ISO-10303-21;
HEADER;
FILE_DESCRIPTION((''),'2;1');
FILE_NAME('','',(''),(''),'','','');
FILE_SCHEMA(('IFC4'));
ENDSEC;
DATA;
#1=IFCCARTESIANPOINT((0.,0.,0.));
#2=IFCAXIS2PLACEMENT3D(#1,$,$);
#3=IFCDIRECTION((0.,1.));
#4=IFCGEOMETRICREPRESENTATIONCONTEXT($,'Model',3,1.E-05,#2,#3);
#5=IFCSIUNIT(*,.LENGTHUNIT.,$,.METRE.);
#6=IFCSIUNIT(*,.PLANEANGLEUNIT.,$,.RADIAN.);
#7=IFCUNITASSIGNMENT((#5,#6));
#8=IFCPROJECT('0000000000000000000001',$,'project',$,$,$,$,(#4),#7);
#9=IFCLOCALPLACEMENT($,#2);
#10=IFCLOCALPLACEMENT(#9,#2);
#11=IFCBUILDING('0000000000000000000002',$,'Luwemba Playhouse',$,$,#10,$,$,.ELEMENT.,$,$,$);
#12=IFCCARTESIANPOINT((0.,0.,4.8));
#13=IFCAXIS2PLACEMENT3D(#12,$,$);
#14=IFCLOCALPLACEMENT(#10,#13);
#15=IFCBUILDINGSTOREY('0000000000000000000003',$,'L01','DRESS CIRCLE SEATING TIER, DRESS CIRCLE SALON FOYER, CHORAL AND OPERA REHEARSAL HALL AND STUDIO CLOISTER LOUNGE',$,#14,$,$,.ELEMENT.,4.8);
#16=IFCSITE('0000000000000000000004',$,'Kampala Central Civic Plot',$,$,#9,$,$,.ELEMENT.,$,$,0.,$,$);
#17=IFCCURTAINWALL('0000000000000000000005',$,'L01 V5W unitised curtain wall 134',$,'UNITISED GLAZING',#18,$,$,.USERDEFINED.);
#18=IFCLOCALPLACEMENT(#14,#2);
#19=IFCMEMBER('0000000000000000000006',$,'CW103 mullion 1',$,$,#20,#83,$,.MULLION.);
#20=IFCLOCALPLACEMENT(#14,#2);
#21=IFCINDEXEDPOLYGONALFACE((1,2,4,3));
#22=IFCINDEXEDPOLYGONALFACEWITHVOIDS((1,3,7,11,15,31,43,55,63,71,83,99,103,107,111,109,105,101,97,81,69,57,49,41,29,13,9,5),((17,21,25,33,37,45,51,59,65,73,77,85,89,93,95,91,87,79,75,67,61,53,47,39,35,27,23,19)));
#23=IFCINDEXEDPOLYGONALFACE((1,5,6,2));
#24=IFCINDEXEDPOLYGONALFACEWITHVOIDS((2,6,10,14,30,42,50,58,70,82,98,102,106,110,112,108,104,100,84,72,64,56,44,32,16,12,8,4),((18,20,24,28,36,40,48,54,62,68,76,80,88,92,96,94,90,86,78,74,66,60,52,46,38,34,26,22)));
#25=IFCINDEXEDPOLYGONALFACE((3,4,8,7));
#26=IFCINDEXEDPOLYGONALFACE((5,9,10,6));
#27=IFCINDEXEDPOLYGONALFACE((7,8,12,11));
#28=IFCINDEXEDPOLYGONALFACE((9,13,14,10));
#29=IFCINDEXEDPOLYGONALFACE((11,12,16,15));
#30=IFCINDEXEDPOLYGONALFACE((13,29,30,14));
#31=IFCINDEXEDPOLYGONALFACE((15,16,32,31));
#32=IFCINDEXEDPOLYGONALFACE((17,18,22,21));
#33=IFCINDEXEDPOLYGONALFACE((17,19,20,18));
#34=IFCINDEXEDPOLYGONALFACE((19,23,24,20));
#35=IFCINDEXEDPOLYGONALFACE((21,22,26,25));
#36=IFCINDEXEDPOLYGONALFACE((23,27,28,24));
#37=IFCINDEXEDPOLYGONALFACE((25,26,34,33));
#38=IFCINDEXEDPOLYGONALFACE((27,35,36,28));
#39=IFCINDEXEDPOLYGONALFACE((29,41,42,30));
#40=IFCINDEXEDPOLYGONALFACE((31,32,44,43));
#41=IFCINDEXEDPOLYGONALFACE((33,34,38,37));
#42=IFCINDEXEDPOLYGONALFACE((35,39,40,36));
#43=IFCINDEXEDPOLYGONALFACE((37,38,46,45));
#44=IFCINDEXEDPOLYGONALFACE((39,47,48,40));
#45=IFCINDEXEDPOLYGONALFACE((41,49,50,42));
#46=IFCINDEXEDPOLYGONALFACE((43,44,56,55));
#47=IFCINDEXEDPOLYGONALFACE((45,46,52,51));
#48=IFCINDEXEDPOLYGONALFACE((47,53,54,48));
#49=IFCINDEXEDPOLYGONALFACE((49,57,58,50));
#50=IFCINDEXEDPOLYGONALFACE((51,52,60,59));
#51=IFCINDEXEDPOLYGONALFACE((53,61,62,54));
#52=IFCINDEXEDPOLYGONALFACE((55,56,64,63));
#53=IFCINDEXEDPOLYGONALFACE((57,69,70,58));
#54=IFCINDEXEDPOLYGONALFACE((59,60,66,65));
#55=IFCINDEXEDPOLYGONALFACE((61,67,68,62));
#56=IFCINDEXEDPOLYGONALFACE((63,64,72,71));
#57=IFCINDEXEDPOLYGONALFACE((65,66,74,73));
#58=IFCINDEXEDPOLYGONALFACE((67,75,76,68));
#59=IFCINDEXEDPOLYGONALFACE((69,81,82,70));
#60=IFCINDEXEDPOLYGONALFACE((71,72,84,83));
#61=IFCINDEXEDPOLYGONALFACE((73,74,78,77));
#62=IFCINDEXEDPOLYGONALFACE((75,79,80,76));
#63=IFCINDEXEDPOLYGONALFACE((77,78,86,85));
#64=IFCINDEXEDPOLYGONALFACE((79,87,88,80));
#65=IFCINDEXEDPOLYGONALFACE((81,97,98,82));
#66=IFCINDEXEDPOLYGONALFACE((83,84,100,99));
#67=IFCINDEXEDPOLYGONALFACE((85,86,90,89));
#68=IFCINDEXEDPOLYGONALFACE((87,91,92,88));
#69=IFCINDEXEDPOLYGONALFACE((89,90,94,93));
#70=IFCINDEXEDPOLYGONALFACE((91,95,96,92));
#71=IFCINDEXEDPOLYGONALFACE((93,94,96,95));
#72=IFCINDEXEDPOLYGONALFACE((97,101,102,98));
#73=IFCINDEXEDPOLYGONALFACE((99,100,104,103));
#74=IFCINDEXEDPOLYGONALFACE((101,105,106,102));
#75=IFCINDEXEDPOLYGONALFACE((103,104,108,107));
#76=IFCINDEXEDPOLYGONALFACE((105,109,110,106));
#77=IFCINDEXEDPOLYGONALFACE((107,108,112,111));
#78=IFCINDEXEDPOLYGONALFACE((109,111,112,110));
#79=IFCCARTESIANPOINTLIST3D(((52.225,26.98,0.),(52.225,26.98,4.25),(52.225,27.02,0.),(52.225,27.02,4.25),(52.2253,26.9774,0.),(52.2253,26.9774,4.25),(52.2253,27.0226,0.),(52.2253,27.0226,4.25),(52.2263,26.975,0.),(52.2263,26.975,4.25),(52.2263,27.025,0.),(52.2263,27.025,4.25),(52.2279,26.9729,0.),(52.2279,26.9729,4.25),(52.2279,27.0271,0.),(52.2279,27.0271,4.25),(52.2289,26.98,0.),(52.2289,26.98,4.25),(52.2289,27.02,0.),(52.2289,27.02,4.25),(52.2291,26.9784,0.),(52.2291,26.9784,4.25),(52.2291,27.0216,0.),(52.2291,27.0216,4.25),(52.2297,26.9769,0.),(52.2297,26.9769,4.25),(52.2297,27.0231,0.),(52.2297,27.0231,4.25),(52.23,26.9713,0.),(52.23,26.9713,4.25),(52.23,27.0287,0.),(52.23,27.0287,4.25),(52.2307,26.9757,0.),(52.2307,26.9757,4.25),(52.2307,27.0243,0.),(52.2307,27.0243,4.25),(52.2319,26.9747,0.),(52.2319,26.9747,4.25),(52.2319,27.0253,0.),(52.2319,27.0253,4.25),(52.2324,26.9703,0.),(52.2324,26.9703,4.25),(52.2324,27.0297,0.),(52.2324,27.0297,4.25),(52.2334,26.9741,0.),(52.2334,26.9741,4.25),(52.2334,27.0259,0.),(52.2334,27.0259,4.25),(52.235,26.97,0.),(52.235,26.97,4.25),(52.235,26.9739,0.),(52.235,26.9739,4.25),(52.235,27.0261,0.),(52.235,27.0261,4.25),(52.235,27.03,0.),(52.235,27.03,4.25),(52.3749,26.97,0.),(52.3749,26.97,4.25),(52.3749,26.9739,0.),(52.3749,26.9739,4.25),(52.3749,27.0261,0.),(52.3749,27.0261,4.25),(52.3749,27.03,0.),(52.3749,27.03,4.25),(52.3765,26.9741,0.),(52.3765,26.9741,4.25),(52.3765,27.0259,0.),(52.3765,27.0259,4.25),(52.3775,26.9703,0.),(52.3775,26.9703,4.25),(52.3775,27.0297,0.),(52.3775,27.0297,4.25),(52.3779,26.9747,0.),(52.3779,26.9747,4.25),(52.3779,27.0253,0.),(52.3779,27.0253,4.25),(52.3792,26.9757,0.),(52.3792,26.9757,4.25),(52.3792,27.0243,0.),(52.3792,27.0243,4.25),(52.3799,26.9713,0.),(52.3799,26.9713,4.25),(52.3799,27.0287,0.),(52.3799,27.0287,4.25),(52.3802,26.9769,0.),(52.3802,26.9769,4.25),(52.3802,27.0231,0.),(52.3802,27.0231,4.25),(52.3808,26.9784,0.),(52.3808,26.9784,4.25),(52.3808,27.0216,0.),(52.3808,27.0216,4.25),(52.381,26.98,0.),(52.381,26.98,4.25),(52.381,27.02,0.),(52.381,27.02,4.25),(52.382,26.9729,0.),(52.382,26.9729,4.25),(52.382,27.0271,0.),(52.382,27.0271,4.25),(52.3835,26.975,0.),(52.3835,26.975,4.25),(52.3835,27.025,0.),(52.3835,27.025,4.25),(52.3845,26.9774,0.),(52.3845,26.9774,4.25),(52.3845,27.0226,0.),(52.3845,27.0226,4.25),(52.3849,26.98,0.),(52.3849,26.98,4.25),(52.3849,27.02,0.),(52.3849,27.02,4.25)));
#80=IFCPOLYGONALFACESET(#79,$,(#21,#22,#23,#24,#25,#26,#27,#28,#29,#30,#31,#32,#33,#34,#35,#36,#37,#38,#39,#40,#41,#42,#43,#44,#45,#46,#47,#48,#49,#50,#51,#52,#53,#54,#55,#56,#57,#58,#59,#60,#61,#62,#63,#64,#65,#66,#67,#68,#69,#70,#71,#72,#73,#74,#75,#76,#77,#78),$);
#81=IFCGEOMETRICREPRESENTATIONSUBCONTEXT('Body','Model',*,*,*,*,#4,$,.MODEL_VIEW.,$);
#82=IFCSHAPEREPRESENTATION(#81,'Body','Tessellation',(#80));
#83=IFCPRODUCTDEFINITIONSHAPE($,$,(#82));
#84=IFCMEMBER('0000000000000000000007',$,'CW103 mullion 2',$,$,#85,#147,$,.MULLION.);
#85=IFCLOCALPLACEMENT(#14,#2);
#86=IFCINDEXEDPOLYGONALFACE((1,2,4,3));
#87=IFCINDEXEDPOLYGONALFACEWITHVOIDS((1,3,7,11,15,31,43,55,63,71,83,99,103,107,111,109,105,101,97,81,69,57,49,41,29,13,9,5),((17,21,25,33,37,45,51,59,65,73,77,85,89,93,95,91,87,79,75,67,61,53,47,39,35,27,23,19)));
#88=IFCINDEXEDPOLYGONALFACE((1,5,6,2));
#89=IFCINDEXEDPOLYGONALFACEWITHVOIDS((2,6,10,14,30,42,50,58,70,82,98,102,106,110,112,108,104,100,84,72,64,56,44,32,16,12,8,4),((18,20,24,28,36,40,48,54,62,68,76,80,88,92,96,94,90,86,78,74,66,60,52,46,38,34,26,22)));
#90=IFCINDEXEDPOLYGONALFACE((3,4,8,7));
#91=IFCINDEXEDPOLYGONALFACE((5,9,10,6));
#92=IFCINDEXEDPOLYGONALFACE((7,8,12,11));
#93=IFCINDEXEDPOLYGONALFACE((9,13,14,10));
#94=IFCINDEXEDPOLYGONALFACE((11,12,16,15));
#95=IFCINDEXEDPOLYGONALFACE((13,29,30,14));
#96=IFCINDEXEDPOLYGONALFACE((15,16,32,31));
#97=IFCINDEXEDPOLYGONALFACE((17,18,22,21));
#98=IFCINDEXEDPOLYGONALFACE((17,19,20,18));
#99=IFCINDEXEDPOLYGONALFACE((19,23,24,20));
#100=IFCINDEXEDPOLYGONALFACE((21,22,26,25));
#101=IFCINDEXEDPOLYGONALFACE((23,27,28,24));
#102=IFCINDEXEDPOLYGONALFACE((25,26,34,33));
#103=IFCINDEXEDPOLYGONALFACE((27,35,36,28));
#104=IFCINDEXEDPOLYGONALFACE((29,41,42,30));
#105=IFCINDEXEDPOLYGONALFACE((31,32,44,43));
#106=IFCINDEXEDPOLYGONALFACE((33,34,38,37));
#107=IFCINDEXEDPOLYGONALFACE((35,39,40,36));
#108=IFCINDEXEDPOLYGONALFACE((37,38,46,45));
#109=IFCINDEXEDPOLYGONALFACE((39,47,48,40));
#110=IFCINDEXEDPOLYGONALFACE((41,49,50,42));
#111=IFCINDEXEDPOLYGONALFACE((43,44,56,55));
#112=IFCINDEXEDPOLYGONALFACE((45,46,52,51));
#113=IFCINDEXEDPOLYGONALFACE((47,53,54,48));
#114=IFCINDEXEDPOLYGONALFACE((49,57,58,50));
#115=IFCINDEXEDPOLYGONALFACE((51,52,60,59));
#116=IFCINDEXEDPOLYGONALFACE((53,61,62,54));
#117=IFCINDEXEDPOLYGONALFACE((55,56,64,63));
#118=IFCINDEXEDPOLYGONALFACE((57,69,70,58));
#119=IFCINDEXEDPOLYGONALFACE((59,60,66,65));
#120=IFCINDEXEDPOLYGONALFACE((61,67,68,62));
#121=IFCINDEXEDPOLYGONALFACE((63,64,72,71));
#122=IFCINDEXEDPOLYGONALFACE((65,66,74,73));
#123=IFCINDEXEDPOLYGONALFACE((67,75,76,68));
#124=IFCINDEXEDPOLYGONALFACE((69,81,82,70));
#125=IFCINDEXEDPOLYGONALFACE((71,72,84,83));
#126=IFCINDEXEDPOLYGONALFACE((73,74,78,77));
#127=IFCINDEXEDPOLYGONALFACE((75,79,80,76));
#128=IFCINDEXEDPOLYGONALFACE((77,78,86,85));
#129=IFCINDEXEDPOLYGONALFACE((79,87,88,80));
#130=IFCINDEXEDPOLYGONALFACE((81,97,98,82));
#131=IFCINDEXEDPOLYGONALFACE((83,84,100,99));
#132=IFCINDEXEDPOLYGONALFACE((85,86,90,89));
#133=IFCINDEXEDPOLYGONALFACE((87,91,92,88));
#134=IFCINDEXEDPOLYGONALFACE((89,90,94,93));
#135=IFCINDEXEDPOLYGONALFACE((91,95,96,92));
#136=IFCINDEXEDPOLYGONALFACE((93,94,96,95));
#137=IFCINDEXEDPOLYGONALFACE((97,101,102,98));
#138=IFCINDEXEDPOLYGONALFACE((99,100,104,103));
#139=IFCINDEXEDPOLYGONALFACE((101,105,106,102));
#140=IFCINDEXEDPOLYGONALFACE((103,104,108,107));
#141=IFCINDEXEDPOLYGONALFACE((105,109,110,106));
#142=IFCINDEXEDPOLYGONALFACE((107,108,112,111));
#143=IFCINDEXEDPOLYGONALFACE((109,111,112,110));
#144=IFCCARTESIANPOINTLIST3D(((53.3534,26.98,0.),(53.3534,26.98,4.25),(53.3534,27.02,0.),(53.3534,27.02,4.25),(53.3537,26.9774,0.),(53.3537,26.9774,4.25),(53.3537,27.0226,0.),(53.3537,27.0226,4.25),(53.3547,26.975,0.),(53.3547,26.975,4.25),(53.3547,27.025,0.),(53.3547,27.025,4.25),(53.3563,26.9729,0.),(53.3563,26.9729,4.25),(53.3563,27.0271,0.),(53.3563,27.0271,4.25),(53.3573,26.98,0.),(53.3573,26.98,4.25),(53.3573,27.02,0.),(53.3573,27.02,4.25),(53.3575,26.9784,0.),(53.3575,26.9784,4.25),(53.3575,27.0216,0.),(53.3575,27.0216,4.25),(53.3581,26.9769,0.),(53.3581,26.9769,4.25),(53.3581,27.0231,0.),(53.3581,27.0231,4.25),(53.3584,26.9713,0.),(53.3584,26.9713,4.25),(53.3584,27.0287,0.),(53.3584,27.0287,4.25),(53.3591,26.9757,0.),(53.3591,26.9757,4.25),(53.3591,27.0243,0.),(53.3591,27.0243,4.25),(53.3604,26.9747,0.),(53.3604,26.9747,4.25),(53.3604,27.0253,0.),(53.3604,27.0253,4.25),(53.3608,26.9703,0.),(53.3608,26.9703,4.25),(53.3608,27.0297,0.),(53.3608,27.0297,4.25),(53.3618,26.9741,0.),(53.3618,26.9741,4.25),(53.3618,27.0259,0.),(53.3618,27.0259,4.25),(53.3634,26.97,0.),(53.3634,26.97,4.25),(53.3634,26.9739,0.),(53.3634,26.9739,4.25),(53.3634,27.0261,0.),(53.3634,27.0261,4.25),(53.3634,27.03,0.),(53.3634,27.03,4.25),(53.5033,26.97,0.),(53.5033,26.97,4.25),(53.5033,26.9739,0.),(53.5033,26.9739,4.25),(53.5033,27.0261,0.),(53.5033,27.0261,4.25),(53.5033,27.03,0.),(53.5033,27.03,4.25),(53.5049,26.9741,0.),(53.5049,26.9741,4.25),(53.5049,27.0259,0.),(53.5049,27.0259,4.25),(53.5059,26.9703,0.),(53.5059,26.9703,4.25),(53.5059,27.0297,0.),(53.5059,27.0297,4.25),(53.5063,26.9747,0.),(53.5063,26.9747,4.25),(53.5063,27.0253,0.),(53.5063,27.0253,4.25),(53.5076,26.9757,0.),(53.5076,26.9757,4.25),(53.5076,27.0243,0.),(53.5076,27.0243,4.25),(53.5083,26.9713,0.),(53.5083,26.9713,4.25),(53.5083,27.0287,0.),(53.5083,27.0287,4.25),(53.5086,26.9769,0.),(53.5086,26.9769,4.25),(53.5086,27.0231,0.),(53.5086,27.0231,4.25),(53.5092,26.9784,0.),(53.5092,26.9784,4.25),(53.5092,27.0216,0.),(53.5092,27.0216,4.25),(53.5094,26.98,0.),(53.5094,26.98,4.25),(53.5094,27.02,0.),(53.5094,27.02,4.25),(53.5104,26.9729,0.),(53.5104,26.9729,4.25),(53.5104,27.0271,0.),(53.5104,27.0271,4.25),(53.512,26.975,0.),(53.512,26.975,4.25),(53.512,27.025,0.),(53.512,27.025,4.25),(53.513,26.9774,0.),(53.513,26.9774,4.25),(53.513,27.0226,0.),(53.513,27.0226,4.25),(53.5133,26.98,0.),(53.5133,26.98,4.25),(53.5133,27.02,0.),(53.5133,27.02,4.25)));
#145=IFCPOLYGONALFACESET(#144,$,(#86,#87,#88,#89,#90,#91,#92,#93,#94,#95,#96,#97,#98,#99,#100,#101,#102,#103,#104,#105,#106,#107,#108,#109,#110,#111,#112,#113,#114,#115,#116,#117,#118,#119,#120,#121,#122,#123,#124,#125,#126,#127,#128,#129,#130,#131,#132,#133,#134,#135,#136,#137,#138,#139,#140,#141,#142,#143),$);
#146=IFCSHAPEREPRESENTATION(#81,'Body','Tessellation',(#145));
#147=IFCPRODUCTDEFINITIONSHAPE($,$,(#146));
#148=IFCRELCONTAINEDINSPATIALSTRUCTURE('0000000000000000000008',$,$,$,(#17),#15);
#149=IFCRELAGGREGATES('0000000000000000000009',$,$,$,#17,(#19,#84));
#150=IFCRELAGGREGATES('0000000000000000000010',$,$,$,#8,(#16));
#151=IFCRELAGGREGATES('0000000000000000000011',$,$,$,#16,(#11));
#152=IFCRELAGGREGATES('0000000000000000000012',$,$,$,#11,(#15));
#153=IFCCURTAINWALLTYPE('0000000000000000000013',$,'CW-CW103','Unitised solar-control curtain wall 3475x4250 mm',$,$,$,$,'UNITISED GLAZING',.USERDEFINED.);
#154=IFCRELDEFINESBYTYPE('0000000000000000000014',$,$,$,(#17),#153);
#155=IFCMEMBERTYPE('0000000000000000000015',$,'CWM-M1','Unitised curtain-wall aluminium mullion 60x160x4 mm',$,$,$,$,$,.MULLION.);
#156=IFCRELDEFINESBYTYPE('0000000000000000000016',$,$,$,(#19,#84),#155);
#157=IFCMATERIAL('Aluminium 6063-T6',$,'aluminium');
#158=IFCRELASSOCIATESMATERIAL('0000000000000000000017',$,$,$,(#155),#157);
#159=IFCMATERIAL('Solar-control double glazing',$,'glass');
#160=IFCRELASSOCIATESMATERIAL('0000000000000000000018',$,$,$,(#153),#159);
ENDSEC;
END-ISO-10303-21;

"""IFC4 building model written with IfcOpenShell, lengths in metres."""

from ifc_helpers import new_model, si_unit, direction, frame, origin, origin_2d, place, context, subcontext, project, spatial, hollow_rectangle, extrude, material, material_profile, profile_set, type_object, element, aggregate, save


model = new_model("IFC4")

# Units and contexts
model_context = context("Model", 3, precision=1e-05, world=origin(), true_north=direction((0.0, 1.0)))
body_context = subcontext(model_context, "Body", "Model", "MODEL_VIEW")
ifc_project = project(units=[si_unit("LENGTHUNIT", "METRE"), si_unit("PLANEANGLEUNIT", "RADIAN")], contexts=[model_context])

# Site, building, storey
site_placement = place(None, origin())
site = spatial("IfcSite", under=ifc_project, at=site_placement, Name="Kampala Central Civic Plot", CompositionType="ELEMENT", RefElevation=0.0)
building_placement = place(site_placement, origin())
building = spatial("IfcBuilding", under=site, at=building_placement, Name="Luwemba Playhouse", CompositionType="ELEMENT")
storey_placement = place(building_placement, frame((0.0, 0.0, 4.8)))
storey = spatial("IfcBuildingStorey", under=building, at=storey_placement, Name="L01", Description="DRESS CIRCLE SEATING TIER, DRESS CIRCLE SALON FOYER, CHORAL AND OPERA REHEARSAL HALL AND STUDIO CLOISTER LOUNGE", CompositionType="ELEMENT", Elevation=4.8)

# Curtain wall, members
ifc_material_1 = material(Name="Solar-control double glazing", Category="glass")
ifc_material_2 = material(Name="Aluminium 6063-T6", Category="aluminium")
ifc_material_profile_1 = material_profile(ifc_material_2, hollow_rectangle(XDim=0.0601, YDim=0.1599, WallThickness=0.0039, InnerFilletRadius=0.0061, OuterFilletRadius=0.01, at=origin_2d()))
ifc_profile_set_1 = profile_set([ifc_material_profile_1], Name="Aluminium 6063-T6")
member_type_1 = type_object("IfcMemberType", Name="CWM-M1", Description="Unitised curtain-wall aluminium mullion 60x160x4 mm", PredefinedType="MULLION", material=ifc_profile_set_1)
curtain_wall_type_1 = type_object("IfcCurtainWallType", Name="CW-CW103", Description="Unitised solar-control curtain wall 3475x4250 mm", ElementType="UNITISED GLAZING", PredefinedType="USERDEFINED", material=ifc_material_1)
curtain_wall_1_placement = place(storey_placement, origin())
curtain_wall_1 = element("IfcCurtainWall", 1, at=curtain_wall_1_placement, inside=storey, type_object=curtain_wall_type_1, Name="L01 V5W unitised curtain wall 134", ObjectType="UNITISED GLAZING", PredefinedType="USERDEFINED")
member_1_placement = place(storey_placement, frame((52.3049, 27.0, 0.0), z_axis=(0.0, 0.0, 1.0), x_axis=(0.0, 1.0, 0.0)))
member_1 = element("IfcMember", 2, at=member_1_placement, type_object=member_type_1, Name="CW103 mullion 1", PredefinedType="MULLION", context=body_context, shape_type="SweptSolid", body=[
    extrude(hollow_rectangle(XDim=0.0601, YDim=0.1599, WallThickness=0.0039, InnerFilletRadius=0.0061, OuterFilletRadius=0.01, at=origin_2d()), origin(), (0.0, 0.0, 1.0), 4.25),
])
member_2_placement = place(storey_placement, frame((53.4333, 27.0, 0.0), z_axis=(0.0, 0.0, 1.0), x_axis=(0.0, 1.0, 0.0)))
member_2 = element("IfcMember", 3, at=member_2_placement, type_object=member_type_1, Name="CW103 mullion 2", PredefinedType="MULLION", context=body_context, shape_type="SweptSolid", body=[
    extrude(hollow_rectangle(XDim=0.0601, YDim=0.1599, WallThickness=0.0039, InnerFilletRadius=0.0061, OuterFilletRadius=0.01, at=origin_2d()), origin(), (0.0, 0.0, 1.0), 4.25),
])

aggregate(curtain_wall_1, [member_1, member_2])

save(model, "model.ifc")
